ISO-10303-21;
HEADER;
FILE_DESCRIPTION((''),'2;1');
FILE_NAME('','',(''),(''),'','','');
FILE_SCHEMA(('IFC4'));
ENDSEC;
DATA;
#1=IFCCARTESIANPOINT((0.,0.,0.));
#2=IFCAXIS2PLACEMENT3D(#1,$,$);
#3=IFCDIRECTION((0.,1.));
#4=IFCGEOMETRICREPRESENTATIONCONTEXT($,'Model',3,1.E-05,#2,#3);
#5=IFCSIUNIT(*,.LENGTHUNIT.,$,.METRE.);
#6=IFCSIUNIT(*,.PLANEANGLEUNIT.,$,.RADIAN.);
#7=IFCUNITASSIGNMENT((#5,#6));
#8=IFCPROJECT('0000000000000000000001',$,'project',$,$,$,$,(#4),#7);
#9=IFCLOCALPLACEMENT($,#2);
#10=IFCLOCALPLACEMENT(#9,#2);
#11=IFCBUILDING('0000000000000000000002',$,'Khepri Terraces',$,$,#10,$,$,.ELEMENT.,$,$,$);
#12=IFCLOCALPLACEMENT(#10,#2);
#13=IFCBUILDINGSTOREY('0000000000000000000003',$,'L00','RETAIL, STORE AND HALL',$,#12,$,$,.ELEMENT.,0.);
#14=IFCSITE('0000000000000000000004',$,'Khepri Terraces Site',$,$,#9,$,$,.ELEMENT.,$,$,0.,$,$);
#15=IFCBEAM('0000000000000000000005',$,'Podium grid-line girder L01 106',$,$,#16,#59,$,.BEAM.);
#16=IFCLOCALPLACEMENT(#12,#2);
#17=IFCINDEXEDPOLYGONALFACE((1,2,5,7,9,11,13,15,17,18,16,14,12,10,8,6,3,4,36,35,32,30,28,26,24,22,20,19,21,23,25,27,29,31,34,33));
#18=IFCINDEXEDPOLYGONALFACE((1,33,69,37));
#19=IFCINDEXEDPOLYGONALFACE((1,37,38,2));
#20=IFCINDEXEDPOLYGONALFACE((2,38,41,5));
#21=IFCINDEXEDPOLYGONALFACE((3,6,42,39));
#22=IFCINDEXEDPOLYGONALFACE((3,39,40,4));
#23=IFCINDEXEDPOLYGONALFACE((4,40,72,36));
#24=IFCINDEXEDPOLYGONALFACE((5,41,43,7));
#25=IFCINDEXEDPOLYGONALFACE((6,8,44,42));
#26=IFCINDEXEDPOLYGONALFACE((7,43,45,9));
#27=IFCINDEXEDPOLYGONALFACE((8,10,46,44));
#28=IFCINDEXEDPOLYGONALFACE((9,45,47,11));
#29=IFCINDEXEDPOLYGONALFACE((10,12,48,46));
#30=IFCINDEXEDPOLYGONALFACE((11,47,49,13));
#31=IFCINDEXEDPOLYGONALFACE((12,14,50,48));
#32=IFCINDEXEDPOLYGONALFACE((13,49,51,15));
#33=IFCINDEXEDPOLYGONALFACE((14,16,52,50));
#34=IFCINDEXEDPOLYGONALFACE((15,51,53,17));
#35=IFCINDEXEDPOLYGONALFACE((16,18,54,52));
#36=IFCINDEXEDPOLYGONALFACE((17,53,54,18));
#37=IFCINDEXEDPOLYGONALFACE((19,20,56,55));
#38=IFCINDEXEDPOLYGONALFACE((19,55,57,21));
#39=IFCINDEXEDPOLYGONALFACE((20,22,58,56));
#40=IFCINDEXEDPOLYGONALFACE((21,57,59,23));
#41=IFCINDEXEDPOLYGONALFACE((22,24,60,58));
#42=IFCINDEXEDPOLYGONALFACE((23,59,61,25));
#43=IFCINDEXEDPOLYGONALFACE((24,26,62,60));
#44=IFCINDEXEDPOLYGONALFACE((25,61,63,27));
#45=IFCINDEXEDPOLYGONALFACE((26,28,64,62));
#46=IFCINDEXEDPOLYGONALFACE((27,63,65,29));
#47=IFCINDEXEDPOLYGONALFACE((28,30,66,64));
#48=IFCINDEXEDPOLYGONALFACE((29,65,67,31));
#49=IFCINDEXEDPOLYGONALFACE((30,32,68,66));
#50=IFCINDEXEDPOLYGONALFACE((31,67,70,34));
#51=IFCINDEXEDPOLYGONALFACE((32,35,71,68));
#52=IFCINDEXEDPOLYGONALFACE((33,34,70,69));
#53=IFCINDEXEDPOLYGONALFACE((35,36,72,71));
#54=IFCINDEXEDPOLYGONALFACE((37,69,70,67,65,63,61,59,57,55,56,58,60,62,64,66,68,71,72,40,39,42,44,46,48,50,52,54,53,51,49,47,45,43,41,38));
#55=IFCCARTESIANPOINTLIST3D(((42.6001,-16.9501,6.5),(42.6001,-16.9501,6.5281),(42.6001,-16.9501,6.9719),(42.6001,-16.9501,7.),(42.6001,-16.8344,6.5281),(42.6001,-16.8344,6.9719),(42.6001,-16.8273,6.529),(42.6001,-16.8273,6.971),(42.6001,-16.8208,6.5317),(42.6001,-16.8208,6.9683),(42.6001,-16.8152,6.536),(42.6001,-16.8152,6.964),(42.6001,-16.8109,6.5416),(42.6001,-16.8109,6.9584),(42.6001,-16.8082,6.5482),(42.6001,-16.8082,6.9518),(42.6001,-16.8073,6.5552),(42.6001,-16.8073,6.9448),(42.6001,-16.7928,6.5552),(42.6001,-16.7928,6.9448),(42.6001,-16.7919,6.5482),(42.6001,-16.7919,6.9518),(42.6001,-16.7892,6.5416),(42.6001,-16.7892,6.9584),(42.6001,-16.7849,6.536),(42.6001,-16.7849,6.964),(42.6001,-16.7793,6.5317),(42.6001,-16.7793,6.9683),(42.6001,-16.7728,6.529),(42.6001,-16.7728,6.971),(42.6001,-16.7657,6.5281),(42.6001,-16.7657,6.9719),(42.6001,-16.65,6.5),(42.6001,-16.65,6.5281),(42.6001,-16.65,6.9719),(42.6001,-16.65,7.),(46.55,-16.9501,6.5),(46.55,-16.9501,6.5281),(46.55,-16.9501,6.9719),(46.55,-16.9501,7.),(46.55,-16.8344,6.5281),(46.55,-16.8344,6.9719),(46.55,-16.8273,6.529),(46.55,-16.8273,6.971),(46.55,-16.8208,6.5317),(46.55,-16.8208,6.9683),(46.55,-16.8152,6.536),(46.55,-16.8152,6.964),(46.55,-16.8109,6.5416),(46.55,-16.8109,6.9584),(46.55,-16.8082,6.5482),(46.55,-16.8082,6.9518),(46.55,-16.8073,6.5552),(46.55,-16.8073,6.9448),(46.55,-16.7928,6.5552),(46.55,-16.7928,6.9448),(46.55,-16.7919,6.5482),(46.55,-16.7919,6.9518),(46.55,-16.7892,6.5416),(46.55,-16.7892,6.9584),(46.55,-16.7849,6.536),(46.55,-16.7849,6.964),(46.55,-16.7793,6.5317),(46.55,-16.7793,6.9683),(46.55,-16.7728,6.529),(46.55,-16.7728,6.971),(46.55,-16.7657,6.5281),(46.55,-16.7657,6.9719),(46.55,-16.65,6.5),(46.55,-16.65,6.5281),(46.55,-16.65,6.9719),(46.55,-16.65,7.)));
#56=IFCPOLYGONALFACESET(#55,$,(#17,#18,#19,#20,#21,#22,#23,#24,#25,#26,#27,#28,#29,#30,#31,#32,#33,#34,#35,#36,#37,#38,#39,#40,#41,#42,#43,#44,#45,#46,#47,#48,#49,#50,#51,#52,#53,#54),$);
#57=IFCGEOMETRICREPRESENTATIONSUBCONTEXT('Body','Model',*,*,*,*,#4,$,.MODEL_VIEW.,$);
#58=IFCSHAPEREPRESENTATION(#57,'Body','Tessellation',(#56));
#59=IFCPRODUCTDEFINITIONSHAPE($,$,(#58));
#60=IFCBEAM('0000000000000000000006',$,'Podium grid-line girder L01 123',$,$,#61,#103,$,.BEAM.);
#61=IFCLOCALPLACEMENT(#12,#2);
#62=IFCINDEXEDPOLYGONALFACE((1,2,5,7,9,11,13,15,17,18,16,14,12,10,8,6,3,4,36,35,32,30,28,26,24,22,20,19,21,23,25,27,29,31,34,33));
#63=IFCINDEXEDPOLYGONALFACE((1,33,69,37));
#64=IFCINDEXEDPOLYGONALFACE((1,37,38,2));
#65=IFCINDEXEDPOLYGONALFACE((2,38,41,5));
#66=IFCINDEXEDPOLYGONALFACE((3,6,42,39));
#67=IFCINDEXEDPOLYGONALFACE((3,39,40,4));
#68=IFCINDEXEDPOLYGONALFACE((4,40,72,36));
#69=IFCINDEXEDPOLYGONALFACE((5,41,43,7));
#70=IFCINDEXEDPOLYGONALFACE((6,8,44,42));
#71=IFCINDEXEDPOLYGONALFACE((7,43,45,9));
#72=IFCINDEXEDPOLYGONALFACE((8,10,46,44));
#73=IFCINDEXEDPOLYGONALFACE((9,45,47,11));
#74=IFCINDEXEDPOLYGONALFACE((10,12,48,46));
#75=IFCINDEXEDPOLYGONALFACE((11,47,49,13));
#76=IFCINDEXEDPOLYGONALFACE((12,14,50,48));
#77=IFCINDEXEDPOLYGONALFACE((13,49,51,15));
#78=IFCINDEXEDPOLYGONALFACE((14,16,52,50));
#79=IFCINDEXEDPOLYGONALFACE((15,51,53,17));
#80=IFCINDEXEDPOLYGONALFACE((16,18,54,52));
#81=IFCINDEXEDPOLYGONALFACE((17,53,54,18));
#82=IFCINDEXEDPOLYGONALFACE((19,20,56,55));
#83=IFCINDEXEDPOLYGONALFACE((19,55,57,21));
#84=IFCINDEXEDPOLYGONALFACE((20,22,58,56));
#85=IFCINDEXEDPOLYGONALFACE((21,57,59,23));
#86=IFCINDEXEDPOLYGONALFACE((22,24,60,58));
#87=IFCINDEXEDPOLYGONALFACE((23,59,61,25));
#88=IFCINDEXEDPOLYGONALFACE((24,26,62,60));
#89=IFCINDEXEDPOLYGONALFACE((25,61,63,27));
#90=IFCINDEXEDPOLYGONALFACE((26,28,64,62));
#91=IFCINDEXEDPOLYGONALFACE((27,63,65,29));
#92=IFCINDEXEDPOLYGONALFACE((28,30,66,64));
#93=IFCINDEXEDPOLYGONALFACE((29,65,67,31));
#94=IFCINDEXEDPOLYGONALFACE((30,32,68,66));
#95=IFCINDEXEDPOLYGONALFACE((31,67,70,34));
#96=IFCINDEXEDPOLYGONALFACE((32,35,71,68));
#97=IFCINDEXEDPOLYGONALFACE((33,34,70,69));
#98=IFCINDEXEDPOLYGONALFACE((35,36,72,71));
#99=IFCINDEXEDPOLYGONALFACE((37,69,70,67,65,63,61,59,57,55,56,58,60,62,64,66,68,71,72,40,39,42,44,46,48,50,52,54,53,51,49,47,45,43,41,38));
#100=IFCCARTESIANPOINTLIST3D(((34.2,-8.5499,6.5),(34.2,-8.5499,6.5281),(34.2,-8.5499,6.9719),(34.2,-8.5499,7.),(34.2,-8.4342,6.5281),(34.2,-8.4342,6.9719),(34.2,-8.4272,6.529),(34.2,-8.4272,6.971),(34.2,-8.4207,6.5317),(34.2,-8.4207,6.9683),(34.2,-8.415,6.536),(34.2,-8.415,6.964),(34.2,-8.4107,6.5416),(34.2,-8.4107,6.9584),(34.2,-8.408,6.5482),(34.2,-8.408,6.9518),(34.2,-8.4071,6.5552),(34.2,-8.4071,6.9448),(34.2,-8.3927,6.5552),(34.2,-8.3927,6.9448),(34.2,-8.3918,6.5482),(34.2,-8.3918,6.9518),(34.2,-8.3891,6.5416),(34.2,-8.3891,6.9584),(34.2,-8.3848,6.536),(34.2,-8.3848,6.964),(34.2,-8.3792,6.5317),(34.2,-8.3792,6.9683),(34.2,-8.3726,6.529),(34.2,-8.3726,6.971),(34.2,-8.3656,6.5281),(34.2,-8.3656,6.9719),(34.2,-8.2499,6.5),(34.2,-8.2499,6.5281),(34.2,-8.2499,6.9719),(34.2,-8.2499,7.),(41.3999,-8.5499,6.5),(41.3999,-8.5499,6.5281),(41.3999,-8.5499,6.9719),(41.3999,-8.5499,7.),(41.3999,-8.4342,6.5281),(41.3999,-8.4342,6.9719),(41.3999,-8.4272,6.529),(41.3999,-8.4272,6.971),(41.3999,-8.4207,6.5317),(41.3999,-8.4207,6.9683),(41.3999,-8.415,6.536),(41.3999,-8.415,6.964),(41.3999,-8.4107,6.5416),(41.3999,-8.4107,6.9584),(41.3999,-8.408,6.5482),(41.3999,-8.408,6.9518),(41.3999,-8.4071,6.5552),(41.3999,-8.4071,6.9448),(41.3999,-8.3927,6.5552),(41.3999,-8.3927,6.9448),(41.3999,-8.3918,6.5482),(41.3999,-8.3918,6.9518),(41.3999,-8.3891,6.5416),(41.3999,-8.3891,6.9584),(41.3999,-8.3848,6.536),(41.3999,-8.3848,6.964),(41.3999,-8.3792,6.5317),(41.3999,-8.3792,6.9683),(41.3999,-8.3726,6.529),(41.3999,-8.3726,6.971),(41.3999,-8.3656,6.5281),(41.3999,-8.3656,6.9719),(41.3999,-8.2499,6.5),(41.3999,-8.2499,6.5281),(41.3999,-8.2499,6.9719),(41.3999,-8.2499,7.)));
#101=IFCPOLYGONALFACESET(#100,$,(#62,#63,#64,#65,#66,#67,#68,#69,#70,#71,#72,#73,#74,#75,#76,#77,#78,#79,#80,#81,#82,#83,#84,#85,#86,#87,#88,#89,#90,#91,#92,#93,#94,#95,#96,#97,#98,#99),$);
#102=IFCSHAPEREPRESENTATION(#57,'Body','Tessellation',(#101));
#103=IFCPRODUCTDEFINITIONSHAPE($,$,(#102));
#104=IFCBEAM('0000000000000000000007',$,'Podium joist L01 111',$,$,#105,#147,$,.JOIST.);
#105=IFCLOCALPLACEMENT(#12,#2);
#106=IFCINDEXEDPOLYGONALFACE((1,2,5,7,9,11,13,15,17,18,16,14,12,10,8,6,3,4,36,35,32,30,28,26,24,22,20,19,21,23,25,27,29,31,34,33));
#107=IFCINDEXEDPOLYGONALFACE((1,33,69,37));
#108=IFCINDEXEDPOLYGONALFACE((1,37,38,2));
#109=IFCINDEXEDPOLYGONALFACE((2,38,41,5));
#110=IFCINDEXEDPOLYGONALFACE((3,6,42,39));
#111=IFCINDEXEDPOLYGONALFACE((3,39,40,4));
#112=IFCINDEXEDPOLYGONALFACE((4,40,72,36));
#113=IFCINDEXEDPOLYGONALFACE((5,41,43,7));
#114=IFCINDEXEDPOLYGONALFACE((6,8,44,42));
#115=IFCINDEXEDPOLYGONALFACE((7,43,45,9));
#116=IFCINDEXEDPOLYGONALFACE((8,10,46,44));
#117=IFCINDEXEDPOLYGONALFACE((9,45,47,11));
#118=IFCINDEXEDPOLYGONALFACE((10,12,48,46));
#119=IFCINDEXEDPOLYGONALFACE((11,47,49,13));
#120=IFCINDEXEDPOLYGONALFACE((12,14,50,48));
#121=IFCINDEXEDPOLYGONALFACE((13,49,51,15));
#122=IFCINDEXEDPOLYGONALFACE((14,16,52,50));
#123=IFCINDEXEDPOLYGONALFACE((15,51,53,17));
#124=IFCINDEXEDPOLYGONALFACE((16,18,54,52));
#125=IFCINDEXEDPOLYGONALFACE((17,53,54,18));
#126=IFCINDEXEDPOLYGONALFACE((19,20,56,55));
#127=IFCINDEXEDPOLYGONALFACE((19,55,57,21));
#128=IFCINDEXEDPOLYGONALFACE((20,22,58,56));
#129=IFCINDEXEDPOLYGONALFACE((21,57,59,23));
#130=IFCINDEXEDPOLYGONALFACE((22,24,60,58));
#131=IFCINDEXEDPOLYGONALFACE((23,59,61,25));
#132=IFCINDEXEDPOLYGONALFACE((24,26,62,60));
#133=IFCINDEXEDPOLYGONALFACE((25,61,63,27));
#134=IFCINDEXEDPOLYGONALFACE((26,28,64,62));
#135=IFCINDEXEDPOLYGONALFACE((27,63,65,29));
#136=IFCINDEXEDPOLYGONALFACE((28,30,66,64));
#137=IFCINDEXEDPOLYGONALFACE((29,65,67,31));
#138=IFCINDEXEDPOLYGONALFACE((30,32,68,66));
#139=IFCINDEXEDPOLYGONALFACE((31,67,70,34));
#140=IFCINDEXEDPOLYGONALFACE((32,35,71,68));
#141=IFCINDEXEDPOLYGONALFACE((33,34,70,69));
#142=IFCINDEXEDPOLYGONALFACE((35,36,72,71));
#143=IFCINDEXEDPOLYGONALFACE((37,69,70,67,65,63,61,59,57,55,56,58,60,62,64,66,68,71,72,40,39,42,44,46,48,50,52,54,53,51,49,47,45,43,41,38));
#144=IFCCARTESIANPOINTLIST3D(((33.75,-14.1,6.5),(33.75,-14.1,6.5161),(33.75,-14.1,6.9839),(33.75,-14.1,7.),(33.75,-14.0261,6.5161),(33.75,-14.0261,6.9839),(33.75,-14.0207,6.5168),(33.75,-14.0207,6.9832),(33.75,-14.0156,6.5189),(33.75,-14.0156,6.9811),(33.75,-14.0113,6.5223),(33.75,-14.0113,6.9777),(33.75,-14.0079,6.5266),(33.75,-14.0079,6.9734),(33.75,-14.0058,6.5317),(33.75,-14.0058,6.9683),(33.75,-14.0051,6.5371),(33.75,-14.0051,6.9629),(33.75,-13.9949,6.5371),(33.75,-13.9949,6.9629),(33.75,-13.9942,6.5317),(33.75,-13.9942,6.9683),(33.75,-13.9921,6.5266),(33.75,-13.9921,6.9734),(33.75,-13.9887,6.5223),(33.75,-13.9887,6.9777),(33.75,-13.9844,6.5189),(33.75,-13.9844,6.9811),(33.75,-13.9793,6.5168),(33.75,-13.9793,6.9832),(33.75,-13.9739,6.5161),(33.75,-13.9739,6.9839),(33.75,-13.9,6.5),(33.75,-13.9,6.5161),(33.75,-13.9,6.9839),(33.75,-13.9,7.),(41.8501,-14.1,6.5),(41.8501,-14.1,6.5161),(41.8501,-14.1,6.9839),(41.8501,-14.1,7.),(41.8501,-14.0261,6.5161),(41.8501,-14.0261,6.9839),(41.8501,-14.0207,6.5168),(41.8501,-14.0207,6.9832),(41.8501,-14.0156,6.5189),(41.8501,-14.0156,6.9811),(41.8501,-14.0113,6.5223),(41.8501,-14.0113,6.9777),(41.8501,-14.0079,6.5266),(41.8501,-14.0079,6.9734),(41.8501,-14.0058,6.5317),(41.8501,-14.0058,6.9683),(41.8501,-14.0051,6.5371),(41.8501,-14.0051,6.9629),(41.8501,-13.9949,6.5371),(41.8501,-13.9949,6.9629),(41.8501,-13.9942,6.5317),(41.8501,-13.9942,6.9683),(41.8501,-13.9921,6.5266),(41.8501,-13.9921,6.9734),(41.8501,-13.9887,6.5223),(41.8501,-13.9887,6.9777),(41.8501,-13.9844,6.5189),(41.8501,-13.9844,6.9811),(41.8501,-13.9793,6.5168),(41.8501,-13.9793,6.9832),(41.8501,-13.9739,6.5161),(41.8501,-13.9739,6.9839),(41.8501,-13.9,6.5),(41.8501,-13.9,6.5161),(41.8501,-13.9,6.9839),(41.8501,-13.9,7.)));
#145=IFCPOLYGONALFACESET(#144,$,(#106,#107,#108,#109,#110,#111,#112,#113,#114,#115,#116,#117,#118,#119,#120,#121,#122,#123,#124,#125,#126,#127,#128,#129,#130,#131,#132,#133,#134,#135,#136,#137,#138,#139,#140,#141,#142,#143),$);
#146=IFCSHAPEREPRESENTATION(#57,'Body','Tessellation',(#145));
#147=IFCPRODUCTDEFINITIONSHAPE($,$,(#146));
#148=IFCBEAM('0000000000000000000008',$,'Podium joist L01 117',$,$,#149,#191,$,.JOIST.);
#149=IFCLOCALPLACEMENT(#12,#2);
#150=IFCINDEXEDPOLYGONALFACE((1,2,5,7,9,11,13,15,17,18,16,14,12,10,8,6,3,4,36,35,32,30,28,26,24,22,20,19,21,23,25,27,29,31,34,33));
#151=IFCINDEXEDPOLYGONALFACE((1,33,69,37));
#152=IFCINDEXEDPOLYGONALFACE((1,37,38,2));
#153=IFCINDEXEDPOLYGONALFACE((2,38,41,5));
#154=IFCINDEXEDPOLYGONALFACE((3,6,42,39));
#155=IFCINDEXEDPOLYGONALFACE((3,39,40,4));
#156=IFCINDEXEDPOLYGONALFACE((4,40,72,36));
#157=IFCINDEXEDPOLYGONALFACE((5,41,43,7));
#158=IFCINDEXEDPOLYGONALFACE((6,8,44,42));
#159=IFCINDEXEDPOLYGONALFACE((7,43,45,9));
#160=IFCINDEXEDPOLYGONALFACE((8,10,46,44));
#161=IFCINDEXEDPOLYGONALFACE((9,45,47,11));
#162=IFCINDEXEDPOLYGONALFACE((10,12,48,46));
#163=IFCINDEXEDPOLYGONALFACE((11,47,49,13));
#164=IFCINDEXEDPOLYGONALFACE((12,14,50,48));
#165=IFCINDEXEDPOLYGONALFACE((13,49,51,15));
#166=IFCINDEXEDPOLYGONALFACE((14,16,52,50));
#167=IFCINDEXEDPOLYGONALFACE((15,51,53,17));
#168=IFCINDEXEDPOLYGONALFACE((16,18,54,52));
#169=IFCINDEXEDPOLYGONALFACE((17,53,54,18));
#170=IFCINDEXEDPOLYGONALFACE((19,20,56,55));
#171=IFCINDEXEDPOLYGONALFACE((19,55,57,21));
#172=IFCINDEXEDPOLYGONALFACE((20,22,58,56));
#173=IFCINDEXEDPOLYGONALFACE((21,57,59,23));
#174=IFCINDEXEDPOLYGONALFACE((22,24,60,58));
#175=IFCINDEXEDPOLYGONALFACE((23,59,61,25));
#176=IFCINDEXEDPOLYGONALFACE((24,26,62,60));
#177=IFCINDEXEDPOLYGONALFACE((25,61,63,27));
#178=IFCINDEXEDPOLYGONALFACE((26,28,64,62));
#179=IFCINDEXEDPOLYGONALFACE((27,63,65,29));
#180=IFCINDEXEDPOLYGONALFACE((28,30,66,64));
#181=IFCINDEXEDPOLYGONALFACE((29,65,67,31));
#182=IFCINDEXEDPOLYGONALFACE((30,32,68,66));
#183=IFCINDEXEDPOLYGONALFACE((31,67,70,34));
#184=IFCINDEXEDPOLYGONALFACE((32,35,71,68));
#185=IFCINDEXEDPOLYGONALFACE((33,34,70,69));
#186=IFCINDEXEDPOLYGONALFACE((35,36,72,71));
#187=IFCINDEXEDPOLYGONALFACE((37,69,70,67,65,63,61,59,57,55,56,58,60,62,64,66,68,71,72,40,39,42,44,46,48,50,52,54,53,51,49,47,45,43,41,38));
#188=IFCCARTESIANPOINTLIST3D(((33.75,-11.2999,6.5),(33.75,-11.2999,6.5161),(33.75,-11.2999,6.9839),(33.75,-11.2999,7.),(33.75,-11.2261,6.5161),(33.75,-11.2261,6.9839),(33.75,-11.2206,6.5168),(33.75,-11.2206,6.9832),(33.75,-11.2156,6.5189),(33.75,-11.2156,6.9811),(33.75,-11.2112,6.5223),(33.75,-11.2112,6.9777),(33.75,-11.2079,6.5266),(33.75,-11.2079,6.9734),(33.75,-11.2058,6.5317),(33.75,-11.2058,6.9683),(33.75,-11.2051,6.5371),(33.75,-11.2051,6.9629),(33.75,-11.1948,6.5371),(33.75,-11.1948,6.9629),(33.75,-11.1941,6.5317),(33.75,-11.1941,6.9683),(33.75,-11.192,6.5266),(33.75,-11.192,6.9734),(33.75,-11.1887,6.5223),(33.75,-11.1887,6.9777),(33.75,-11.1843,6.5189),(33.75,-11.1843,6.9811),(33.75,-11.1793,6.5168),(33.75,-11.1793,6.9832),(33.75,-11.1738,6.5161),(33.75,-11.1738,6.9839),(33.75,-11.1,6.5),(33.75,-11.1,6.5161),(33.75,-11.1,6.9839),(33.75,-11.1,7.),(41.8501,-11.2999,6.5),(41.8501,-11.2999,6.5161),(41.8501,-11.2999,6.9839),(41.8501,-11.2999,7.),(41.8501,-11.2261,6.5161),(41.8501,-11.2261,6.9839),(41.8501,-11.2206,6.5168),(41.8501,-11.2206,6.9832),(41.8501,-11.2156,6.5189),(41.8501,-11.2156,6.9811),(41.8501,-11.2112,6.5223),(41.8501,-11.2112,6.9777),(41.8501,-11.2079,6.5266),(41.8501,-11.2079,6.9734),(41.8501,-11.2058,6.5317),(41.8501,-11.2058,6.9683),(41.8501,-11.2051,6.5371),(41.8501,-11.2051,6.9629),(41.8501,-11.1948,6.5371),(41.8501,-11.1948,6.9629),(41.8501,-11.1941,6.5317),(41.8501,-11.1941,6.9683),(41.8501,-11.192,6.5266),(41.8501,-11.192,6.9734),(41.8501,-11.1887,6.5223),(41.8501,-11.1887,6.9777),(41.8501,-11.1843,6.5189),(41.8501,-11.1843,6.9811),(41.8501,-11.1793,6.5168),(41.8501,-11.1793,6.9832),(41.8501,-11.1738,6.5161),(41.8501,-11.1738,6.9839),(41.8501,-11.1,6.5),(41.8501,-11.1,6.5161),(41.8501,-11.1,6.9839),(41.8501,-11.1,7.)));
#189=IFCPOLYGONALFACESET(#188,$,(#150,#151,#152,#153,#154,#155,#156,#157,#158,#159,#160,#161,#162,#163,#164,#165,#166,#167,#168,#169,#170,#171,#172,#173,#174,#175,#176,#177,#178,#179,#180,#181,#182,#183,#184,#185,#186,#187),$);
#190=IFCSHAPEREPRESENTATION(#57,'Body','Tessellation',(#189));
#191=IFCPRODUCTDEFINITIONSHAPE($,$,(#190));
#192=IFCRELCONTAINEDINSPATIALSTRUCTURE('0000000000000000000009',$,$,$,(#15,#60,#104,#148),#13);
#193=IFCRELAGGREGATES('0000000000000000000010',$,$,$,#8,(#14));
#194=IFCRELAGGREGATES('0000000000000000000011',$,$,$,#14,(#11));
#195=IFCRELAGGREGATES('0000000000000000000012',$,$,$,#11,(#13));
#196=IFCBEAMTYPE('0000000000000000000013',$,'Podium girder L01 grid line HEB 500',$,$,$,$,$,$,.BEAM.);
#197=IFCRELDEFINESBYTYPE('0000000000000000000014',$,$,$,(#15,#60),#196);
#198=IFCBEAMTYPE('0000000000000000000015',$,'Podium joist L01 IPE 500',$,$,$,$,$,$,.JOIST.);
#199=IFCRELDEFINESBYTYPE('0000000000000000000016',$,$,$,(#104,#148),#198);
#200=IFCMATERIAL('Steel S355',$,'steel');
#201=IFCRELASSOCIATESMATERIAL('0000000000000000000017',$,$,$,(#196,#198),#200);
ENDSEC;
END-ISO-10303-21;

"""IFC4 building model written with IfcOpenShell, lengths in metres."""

from ifc_helpers import new_model, si_unit, direction, frame, origin, origin_2d, place, context, subcontext, project, spatial, i_section, extrude, material, material_profile, profile_set, type_object, element, save


model = new_model("IFC4")

# Units and contexts
model_context = context("Model", 3, precision=1e-05, world=origin(), true_north=direction((0.0, 1.0)))
body_context = subcontext(model_context, "Body", "Model", "MODEL_VIEW")
ifc_project = project(units=[si_unit("LENGTHUNIT", "METRE"), si_unit("PLANEANGLEUNIT", "RADIAN")], contexts=[model_context])

# Site, building, storey
site_placement = place(None, origin())
site = spatial("IfcSite", under=ifc_project, at=site_placement, Name="Khepri Terraces Site", CompositionType="ELEMENT", RefElevation=0.0)
building_placement = place(site_placement, origin())
building = spatial("IfcBuilding", under=site, at=building_placement, Name="Khepri Terraces", CompositionType="ELEMENT")
storey_placement = place(building_placement, origin())
storey = spatial("IfcBuildingStorey", under=building, at=storey_placement, Name="L00", Description="RETAIL, STORE AND HALL", CompositionType="ELEMENT", Elevation=0.0)

# Beams
ifc_material_1 = material(Name="Steel S355", Category="steel")
ifc_material_profile_1 = material_profile(ifc_material_1, i_section(OverallWidth=0.3, OverallDepth=0.5, WebThickness=0.0144, FlangeThickness=0.0281, FilletRadius=0.0271, at=origin_2d()), Name="Steel S355", Category="steel")
ifc_profile_set_1 = profile_set([ifc_material_profile_1], Name="Steel S355")
beam_type_1 = type_object("IfcBeamType", Name="Podium girder L01 grid line HEB 500", PredefinedType="BEAM", material=ifc_profile_set_1)
beam_1_placement = place(storey_placement, frame((42.6001, -16.8, 6.75), z_axis=(1.0, 0.0, 0.0), x_axis=(0.0, 1.0, 0.0)))
element("IfcBeam", 1, at=beam_1_placement, inside=storey, type_object=beam_type_1, Name="Podium grid-line girder L01 106", PredefinedType="BEAM", context=body_context, shape_type="SweptSolid", body=[
    extrude(i_section(OverallWidth=0.3, OverallDepth=0.5, WebThickness=0.0144, FlangeThickness=0.0281, FilletRadius=0.0271, at=origin_2d()), origin(), (0.0, 0.0, 1.0), 3.95),
])
beam_2_placement = place(storey_placement, frame((34.2, -8.3999, 6.75), z_axis=(1.0, 0.0, 0.0), x_axis=(0.0, 1.0, 0.0)))
element("IfcBeam", 2, at=beam_2_placement, inside=storey, type_object=beam_type_1, Name="Podium grid-line girder L01 123", PredefinedType="BEAM", context=body_context, shape_type="SweptSolid", body=[
    extrude(i_section(OverallWidth=0.3, OverallDepth=0.5, WebThickness=0.0144, FlangeThickness=0.0281, FilletRadius=0.0271, at=origin_2d()), origin(), (0.0, 0.0, 1.0), 7.2),
])
ifc_material_profile_2 = material_profile(ifc_material_1, i_section(OverallWidth=0.2, OverallDepth=0.5, WebThickness=0.0103, FlangeThickness=0.0161, FilletRadius=0.021, at=origin_2d()), Name="Steel S355", Category="steel")
ifc_profile_set_2 = profile_set([ifc_material_profile_2], Name="Steel S355")
beam_type_2 = type_object("IfcBeamType", Name="Podium joist L01 IPE 500", PredefinedType="JOIST", material=ifc_profile_set_2)
for number, where, z_axis, x_axis, name in (
    (3, (33.75, -14.0, 6.75), (1.0, 0.0, 0.0), (0.0, 1.0, 0.0), "Podium joist L01 111"),
    (4, (33.75, -11.2, 6.75), (1.0, 0.0, 0.0), (0.0, 1.0, 0.0), "Podium joist L01 117"),
):
    element("IfcBeam", number, at=place(storey_placement, frame(where, z_axis=z_axis, x_axis=x_axis)), inside=storey, type_object=beam_type_2, Name=name, PredefinedType="JOIST", context=body_context, shape_type="SweptSolid", body=[
        extrude(i_section(OverallWidth=0.2, OverallDepth=0.5, WebThickness=0.0103, FlangeThickness=0.0161, FilletRadius=0.021, at=origin_2d()), origin(), (0.0, 0.0, 1.0), 8.1001),
    ])

save(model, "model.ifc")
